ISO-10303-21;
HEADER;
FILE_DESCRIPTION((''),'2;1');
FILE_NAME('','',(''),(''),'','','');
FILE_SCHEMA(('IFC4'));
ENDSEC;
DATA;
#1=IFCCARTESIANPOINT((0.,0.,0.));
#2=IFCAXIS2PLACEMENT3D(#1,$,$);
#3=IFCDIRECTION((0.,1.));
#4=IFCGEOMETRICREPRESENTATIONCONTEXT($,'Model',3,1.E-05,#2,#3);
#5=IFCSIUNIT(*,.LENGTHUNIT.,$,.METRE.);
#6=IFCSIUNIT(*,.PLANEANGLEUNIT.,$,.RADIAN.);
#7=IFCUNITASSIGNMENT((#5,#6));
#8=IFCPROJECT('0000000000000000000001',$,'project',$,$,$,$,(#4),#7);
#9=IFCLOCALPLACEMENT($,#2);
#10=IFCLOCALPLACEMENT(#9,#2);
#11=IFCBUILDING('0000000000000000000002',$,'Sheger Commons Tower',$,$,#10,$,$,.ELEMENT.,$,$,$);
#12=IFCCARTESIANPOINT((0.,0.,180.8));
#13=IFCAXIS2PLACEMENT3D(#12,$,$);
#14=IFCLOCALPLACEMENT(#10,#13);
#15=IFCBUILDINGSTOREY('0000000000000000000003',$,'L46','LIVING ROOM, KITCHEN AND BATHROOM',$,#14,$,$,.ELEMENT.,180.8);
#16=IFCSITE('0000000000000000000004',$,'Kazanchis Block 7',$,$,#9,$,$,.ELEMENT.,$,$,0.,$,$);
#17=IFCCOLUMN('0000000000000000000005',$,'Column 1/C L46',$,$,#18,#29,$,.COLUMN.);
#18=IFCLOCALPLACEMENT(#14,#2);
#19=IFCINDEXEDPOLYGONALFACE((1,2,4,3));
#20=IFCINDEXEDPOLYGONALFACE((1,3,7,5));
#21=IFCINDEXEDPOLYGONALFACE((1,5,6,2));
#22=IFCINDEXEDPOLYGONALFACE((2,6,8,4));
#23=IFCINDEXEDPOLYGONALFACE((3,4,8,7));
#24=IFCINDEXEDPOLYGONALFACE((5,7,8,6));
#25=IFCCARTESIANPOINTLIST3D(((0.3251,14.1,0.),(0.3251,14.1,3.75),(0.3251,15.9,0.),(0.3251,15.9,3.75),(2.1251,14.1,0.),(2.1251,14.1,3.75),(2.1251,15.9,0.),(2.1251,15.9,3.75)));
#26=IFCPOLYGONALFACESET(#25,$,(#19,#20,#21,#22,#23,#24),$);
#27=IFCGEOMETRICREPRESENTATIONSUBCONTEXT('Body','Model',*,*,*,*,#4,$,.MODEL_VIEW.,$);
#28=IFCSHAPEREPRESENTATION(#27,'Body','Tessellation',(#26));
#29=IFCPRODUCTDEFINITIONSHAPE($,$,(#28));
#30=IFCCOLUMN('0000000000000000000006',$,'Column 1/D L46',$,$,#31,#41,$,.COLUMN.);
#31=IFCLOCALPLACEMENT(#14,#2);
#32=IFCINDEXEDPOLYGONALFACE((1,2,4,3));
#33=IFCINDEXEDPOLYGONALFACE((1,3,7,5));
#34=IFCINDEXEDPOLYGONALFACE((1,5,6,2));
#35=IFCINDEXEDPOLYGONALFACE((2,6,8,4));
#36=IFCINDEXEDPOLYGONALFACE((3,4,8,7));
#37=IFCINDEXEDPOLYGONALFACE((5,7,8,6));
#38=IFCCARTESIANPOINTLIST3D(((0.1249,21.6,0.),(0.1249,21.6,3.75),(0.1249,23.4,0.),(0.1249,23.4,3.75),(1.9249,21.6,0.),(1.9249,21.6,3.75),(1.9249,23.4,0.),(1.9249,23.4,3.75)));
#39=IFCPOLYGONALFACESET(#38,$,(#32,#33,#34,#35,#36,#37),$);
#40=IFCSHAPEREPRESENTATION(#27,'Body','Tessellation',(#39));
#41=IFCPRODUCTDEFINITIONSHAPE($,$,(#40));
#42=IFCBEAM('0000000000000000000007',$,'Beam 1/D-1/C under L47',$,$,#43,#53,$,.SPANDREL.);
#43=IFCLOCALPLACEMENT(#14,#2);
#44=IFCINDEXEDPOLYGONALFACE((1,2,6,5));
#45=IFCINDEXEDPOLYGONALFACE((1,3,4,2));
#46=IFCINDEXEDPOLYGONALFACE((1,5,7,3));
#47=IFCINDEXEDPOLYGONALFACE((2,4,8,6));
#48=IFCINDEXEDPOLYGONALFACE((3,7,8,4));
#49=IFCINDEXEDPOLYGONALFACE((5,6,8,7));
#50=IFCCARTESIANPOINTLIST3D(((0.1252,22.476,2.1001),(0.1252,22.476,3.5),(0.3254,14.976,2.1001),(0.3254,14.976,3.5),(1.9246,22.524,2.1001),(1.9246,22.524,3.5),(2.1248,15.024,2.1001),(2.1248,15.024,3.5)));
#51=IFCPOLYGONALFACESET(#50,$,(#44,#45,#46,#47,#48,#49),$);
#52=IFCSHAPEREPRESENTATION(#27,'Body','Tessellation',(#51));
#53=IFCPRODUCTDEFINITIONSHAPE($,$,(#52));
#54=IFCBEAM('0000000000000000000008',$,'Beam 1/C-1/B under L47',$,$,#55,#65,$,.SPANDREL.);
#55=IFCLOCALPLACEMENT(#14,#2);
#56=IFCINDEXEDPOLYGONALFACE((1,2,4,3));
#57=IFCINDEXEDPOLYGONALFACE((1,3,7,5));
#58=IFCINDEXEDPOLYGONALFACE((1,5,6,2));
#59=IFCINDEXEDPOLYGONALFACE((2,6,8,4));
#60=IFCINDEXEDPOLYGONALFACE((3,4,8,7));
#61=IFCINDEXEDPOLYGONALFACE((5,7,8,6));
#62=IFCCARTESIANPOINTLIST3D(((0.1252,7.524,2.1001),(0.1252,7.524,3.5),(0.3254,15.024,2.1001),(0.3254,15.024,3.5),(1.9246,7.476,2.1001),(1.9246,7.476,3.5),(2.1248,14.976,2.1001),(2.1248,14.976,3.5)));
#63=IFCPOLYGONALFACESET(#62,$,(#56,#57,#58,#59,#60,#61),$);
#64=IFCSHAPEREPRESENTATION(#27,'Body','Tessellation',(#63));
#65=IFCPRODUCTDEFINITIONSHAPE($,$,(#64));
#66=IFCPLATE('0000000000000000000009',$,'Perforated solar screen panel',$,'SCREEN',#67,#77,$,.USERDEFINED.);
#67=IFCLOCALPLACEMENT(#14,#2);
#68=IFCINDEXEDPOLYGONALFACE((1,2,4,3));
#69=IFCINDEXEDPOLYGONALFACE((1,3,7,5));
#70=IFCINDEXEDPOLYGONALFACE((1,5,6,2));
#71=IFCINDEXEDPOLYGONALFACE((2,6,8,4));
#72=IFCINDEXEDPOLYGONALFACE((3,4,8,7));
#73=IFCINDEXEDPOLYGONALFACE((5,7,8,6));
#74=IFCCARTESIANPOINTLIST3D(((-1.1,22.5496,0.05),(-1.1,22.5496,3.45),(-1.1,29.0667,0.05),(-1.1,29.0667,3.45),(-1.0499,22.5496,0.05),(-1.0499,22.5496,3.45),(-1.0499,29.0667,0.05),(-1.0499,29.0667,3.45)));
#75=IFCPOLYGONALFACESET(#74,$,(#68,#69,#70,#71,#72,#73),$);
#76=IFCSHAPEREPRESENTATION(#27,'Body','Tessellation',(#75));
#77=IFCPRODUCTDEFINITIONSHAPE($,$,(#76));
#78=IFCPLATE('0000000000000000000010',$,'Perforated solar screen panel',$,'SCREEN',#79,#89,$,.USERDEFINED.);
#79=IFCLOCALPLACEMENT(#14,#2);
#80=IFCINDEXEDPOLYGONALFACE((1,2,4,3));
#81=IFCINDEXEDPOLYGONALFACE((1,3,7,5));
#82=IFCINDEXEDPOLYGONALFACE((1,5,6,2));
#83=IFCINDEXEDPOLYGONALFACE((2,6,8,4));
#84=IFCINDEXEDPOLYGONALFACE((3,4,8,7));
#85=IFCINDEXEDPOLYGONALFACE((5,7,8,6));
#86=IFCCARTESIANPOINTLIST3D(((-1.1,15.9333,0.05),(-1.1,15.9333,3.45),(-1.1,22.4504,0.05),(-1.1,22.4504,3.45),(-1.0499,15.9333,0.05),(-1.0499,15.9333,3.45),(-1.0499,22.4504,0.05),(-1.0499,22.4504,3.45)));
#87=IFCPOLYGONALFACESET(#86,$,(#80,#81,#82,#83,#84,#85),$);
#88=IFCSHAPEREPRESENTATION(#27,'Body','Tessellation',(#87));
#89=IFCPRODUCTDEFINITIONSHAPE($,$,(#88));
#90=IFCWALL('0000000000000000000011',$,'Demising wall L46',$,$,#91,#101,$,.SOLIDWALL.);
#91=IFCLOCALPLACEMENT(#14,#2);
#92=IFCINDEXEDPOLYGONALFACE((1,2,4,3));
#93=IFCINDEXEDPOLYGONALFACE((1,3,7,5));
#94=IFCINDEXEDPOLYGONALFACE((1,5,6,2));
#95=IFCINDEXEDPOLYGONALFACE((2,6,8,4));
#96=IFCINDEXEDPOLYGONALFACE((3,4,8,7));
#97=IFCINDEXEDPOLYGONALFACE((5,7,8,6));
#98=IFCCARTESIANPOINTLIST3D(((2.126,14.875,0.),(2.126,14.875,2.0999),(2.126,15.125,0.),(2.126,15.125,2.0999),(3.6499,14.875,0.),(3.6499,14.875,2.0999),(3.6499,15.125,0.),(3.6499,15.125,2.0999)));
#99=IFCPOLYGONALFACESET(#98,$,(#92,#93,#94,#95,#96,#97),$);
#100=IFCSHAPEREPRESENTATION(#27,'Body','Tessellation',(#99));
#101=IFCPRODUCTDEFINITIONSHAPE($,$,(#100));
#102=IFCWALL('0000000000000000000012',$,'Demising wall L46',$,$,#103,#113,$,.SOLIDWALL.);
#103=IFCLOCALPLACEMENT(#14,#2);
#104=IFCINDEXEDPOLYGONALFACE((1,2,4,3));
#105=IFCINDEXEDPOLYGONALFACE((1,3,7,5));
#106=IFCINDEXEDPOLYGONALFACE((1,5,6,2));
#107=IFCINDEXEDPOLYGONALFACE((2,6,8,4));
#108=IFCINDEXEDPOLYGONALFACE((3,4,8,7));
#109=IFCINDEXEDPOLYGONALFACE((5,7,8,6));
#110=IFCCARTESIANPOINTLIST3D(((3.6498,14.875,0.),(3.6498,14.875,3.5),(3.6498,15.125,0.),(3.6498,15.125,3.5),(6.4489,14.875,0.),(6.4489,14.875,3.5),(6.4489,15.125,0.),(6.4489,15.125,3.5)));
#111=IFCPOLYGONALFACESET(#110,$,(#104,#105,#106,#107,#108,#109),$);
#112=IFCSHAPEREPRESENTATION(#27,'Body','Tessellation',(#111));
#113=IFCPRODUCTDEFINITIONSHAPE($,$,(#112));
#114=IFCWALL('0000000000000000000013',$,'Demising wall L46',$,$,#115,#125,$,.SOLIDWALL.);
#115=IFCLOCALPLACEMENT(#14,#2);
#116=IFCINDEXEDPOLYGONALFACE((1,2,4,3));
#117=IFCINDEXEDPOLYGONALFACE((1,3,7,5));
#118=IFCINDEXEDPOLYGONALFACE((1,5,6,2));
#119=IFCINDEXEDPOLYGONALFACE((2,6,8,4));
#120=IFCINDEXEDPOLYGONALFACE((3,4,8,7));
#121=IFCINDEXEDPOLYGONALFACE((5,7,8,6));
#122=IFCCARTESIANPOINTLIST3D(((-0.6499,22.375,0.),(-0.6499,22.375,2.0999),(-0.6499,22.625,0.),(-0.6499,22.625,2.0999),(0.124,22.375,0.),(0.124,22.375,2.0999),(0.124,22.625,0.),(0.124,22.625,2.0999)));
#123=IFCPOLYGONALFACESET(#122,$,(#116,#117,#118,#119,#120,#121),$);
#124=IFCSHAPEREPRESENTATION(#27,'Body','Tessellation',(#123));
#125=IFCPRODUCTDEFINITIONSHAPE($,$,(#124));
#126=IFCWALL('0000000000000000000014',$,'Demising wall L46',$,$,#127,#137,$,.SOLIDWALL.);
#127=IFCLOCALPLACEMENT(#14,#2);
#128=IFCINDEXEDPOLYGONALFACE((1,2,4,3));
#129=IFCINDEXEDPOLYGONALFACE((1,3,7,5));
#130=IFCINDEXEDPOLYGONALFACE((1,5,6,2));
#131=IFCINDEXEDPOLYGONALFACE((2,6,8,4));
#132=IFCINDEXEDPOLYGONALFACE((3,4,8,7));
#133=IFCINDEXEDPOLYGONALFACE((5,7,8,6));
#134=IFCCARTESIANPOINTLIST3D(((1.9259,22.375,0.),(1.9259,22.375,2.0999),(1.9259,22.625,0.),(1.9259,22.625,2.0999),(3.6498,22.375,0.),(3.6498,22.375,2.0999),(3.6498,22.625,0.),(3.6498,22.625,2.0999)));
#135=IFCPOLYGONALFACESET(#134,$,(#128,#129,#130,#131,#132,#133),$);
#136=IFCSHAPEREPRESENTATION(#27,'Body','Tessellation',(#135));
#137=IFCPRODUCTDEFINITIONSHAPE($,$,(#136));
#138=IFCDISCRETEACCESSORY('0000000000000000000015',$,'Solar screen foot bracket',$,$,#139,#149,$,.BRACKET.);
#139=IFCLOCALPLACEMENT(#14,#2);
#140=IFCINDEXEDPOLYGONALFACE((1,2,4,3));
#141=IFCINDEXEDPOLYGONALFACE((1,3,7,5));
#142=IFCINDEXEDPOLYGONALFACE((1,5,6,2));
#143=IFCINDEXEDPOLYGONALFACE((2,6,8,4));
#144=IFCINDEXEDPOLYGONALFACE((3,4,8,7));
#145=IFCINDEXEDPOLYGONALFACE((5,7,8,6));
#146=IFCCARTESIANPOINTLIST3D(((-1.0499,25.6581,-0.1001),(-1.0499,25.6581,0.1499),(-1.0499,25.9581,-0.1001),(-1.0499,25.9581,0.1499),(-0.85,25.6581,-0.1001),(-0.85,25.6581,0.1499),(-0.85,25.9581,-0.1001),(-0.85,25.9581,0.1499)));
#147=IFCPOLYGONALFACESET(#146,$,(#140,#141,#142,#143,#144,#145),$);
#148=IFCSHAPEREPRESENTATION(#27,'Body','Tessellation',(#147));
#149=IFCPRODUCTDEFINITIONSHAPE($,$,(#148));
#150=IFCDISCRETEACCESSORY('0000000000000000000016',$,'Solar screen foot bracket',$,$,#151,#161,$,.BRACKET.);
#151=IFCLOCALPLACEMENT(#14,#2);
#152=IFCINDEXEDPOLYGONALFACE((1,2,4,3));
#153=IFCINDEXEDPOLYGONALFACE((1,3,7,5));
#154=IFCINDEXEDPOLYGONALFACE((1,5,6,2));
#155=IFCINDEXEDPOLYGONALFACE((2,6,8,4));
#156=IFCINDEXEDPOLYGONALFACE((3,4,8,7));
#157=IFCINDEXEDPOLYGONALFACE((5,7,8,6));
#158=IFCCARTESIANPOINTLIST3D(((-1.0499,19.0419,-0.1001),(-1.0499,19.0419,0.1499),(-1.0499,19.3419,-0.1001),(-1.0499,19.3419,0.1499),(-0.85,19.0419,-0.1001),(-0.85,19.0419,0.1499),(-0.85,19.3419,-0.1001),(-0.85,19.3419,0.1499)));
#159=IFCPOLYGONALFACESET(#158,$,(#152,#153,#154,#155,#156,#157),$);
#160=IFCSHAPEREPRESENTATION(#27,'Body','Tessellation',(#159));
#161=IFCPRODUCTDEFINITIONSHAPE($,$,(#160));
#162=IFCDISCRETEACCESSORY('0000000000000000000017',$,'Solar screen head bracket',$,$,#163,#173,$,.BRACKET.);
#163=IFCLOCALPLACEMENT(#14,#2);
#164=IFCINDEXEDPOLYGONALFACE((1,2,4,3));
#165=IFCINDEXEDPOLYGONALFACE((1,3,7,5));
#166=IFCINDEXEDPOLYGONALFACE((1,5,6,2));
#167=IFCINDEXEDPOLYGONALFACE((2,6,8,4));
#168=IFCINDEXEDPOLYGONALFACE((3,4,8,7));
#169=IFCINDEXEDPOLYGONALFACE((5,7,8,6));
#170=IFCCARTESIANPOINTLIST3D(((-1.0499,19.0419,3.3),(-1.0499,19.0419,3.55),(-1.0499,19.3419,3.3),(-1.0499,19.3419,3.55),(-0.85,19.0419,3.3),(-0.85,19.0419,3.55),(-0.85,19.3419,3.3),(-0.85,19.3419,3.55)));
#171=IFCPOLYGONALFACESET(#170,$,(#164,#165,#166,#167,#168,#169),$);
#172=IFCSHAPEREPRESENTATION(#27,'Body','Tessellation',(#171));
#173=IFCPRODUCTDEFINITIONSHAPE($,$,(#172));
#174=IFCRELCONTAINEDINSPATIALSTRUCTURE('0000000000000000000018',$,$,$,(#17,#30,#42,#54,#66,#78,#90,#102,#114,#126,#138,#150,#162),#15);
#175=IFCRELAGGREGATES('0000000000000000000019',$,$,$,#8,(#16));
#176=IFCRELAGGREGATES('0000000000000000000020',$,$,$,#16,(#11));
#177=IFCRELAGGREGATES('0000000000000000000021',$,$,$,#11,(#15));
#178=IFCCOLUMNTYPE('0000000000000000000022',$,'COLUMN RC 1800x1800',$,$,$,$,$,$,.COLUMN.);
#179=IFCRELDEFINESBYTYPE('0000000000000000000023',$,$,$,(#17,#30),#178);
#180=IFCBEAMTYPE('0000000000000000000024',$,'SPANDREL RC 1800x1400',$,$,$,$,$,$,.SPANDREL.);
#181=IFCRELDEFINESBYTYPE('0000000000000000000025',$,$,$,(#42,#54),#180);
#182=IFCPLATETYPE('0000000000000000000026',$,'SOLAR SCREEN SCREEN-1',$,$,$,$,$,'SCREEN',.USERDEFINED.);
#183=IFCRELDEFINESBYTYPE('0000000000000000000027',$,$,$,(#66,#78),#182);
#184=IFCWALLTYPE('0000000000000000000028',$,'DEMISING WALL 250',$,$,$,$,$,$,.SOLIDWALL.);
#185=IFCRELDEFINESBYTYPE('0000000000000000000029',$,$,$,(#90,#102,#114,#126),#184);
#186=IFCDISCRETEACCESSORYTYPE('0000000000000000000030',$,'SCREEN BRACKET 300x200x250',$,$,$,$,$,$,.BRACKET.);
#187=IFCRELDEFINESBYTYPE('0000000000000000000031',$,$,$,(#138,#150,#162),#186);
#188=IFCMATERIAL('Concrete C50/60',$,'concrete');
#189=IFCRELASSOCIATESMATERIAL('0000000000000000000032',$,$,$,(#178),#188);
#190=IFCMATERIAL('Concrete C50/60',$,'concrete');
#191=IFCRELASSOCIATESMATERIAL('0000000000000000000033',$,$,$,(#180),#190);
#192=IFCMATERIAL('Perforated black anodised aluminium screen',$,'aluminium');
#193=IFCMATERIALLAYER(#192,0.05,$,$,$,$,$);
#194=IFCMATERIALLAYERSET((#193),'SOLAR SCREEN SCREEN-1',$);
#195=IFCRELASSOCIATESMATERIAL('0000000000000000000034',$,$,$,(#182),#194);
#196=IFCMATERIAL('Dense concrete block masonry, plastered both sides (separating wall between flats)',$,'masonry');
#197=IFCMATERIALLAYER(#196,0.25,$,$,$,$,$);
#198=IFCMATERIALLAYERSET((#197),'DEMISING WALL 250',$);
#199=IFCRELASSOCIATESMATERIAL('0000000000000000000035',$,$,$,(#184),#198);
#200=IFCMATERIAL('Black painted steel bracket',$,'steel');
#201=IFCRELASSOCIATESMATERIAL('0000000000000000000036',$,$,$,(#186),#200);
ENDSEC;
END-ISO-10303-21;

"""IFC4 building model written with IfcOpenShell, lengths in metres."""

from ifc_helpers import new_model, si_unit, direction, frame, frame_2d, origin, origin_2d, place, context, subcontext, project, spatial, rectangle, extrude, material, layer, layer_set, material_profile, profile_set, type_object, element, save


model = new_model("IFC4")

# Units and contexts
model_context = context("Model", 3, precision=1e-05, world=origin(), true_north=direction((0.0, 1.0)))
body_context = subcontext(model_context, "Body", "Model", "MODEL_VIEW")
ifc_project = project(units=[si_unit("LENGTHUNIT", "METRE"), si_unit("PLANEANGLEUNIT", "RADIAN")], contexts=[model_context])

# Site, building, storey
site_placement = place(None, origin())
site = spatial("IfcSite", under=ifc_project, at=site_placement, Name="Kazanchis Block 7", CompositionType="ELEMENT", RefElevation=0.0)
building_placement = place(site_placement, origin())
building = spatial("IfcBuilding", under=site, at=building_placement, Name="Sheger Commons Tower", CompositionType="ELEMENT")
storey_placement = place(building_placement, frame((0.0, 0.0, 180.8)))
storey = spatial("IfcBuildingStorey", under=building, at=storey_placement, Name="L46", Description="LIVING ROOM, KITCHEN AND BATHROOM", CompositionType="ELEMENT", Elevation=180.8)

# Columns
ifc_material_1 = material(Name="Concrete C50/60", Category="concrete")
ifc_material_profile_1 = material_profile(ifc_material_1, rectangle(XDim=1.8, YDim=1.8, at=origin_2d()), Name="RC 1800x1800")
ifc_profile_set_1 = profile_set([ifc_material_profile_1], Name="Concrete C50/60")
column_type = type_object("IfcColumnType", Name="COLUMN RC 1800x1800", PredefinedType="COLUMN", material=ifc_profile_set_1)
for number, where, z_axis, x_axis, name in (
    (1, (1.2251, 15.0, 0.0), (0.0, 0.0, 1.0), (1.0, 0.0, 0.0), "Column 1/C L46"),
    (2, (1.0249, 22.5, 0.0), (0.0, 0.0, 1.0), (1.0, 0.0, 0.0), "Column 1/D L46"),
):
    element("IfcColumn", number, at=place(storey_placement, frame(where, z_axis=z_axis, x_axis=x_axis)), inside=storey, type_object=column_type, Name=name, PredefinedType="COLUMN", context=body_context, shape_type="SweptSolid", body=[
        extrude(rectangle(XDim=1.8, YDim=1.8, at=origin_2d()), origin(), (0.0, 0.0, 1.0), 3.75),
    ])

# Beams
ifc_material_2 = material(Name="Concrete C50/60", Category="concrete")
ifc_material_profile_2 = material_profile(ifc_material_2, rectangle(XDim=1.8, YDim=1.3999, at=origin_2d()), Name="RC 1800x1400")
ifc_profile_set_2 = profile_set([ifc_material_profile_2], Name="Concrete C50/60")
beam_type = type_object("IfcBeamType", Name="SPANDREL RC 1800x1400", PredefinedType="SPANDREL", material=ifc_profile_set_2)
for number, where, z_axis, x_axis, name in (
    (3, (1.0249, 22.5, 2.8), (0.026683, -0.999644, 0.0), (0.999644, 0.026683, 0.0), "Beam 1/D-1/C under L47"),
    (4, (1.2251, 15.0, 2.8), (-0.026683, -0.999644, 0.0), (0.999644, -0.026683, 0.0), "Beam 1/C-1/B under L47"),
):
    element("IfcBeam", number, at=place(storey_placement, frame(where, z_axis=z_axis, x_axis=x_axis)), inside=storey, type_object=beam_type, Name=name, PredefinedType="SPANDREL", context=body_context, shape_type="SweptSolid", body=[
        extrude(rectangle(XDim=1.8, YDim=1.3999, at=origin_2d()), origin(), (0.0, 0.0, 1.0), 7.5027),
    ])

# Plates
ifc_material_3 = material(Name="Perforated black anodised aluminium screen", Category="aluminium")
ifc_layer_1 = layer(ifc_material_3, 0.05)
ifc_layer_set_1 = layer_set([ifc_layer_1], Name="SOLAR SCREEN SCREEN-1")
plate_type = type_object("IfcPlateType", Name="SOLAR SCREEN SCREEN-1", ElementType="SCREEN", PredefinedType="USERDEFINED", material=ifc_layer_set_1)
for number, where, z_axis, x_axis, name in (
    (5, (-1.075, 25.8081, 0.05), (0.0, 0.0, 1.0), (0.0, -1.0, 0.0), "Perforated solar screen panel"),
    (6, (-1.075, 19.1919, 0.05), (0.0, 0.0, 1.0), (0.0, -1.0, 0.0), "Perforated solar screen panel"),
):
    element("IfcPlate", number, at=place(storey_placement, frame(where, z_axis=z_axis, x_axis=x_axis)), inside=storey, type_object=plate_type, Name=name, ObjectType="SCREEN", PredefinedType="USERDEFINED", context=body_context, shape_type="SweptSolid", body=[
        extrude(rectangle(XDim=6.5171, YDim=0.05, at=origin_2d()), origin(), (0.0, 0.0, 1.0), 3.3999),
    ])

# Walls
ifc_material_4 = material(Name="Dense concrete block masonry, plastered both sides (separating wall between flats)", Category="masonry")
ifc_layer_2 = layer(ifc_material_4, 0.25)
ifc_layer_set_2 = layer_set([ifc_layer_2], Name="DEMISING WALL 250")
wall_type = type_object("IfcWallType", Name="DEMISING WALL 250", PredefinedType="SOLIDWALL", material=ifc_layer_set_2)
wall_1_placement = place(storey_placement, frame((2.126, 15.0, 0.0), z_axis=(0.0, 0.0, 1.0), x_axis=(1.0, 0.0, 0.0)))
element("IfcWall", 7, at=wall_1_placement, inside=storey, type_object=wall_type, Name="Demising wall L46", PredefinedType="SOLIDWALL", context=body_context, shape_type="SweptSolid", body=[
    extrude(rectangle(XDim=1.5239, YDim=0.25, at=frame_2d((0.762, 0.0))), origin(), (0.0, 0.0, 1.0), 2.0999),
])
wall_2_placement = place(storey_placement, frame((3.6499, 15.0, 0.0), z_axis=(0.0, 0.0, 1.0), x_axis=(1.0, 0.0, 0.0)))
element("IfcWall", 8, at=wall_2_placement, inside=storey, type_object=wall_type, Name="Demising wall L46", PredefinedType="SOLIDWALL", context=body_context, shape_type="SweptSolid", body=[
    extrude(rectangle(XDim=2.7991, YDim=0.25, at=frame_2d((1.3994, 0.0))), origin(), (0.0, 0.0, 1.0), 3.5),
])
wall_3_placement = place(storey_placement, frame((-0.6499, 22.5, 0.0), z_axis=(0.0, 0.0, 1.0), x_axis=(1.0, 0.0, 0.0)))
element("IfcWall", 9, at=wall_3_placement, inside=storey, type_object=wall_type, Name="Demising wall L46", PredefinedType="SOLIDWALL", context=body_context, shape_type="SweptSolid", body=[
    extrude(rectangle(XDim=0.7739, YDim=0.25, at=frame_2d((0.387, 0.0))), origin(), (0.0, 0.0, 1.0), 2.0999),
])
wall_4_placement = place(storey_placement, frame((1.926, 22.5, 0.0), z_axis=(0.0, 0.0, 1.0), x_axis=(1.0, 0.0, 0.0)))
element("IfcWall", 10, at=wall_4_placement, inside=storey, type_object=wall_type, Name="Demising wall L46", PredefinedType="SOLIDWALL", context=body_context, shape_type="SweptSolid", body=[
    extrude(rectangle(XDim=1.7239, YDim=0.25, at=frame_2d((0.8618, 0.0))), origin(), (0.0, 0.0, 1.0), 2.0999),
])

# Discrete accessories
ifc_material_5 = material(Name="Black painted steel bracket", Category="steel")
discrete_accessory_type = type_object("IfcDiscreteAccessoryType", Name="SCREEN BRACKET 300x200x250", PredefinedType="BRACKET", material=ifc_material_5)
for number, where, z_axis, x_axis, name in (
    (11, (-0.95, 25.8081, -0.1001), (0.0, 0.0, 1.0), (0.0, -1.0, 0.0), "Solar screen foot bracket"),
    (12, (-0.95, 19.1919, -0.1001), (0.0, 0.0, 1.0), (0.0, -1.0, 0.0), "Solar screen foot bracket"),
    (13, (-0.95, 19.1919, 3.3), (0.0, 0.0, 1.0), (0.0, -1.0, 0.0), "Solar screen head bracket"),
):
    element("IfcDiscreteAccessory", number, at=place(storey_placement, frame(where, z_axis=z_axis, x_axis=x_axis)), inside=storey, type_object=discrete_accessory_type, Name=name, PredefinedType="BRACKET", context=body_context, shape_type="SweptSolid", body=[
        extrude(rectangle(XDim=0.3, YDim=0.2, at=origin_2d()), origin(), (0.0, 0.0, 1.0), 0.25),
    ])

save(model, "model.ifc")
